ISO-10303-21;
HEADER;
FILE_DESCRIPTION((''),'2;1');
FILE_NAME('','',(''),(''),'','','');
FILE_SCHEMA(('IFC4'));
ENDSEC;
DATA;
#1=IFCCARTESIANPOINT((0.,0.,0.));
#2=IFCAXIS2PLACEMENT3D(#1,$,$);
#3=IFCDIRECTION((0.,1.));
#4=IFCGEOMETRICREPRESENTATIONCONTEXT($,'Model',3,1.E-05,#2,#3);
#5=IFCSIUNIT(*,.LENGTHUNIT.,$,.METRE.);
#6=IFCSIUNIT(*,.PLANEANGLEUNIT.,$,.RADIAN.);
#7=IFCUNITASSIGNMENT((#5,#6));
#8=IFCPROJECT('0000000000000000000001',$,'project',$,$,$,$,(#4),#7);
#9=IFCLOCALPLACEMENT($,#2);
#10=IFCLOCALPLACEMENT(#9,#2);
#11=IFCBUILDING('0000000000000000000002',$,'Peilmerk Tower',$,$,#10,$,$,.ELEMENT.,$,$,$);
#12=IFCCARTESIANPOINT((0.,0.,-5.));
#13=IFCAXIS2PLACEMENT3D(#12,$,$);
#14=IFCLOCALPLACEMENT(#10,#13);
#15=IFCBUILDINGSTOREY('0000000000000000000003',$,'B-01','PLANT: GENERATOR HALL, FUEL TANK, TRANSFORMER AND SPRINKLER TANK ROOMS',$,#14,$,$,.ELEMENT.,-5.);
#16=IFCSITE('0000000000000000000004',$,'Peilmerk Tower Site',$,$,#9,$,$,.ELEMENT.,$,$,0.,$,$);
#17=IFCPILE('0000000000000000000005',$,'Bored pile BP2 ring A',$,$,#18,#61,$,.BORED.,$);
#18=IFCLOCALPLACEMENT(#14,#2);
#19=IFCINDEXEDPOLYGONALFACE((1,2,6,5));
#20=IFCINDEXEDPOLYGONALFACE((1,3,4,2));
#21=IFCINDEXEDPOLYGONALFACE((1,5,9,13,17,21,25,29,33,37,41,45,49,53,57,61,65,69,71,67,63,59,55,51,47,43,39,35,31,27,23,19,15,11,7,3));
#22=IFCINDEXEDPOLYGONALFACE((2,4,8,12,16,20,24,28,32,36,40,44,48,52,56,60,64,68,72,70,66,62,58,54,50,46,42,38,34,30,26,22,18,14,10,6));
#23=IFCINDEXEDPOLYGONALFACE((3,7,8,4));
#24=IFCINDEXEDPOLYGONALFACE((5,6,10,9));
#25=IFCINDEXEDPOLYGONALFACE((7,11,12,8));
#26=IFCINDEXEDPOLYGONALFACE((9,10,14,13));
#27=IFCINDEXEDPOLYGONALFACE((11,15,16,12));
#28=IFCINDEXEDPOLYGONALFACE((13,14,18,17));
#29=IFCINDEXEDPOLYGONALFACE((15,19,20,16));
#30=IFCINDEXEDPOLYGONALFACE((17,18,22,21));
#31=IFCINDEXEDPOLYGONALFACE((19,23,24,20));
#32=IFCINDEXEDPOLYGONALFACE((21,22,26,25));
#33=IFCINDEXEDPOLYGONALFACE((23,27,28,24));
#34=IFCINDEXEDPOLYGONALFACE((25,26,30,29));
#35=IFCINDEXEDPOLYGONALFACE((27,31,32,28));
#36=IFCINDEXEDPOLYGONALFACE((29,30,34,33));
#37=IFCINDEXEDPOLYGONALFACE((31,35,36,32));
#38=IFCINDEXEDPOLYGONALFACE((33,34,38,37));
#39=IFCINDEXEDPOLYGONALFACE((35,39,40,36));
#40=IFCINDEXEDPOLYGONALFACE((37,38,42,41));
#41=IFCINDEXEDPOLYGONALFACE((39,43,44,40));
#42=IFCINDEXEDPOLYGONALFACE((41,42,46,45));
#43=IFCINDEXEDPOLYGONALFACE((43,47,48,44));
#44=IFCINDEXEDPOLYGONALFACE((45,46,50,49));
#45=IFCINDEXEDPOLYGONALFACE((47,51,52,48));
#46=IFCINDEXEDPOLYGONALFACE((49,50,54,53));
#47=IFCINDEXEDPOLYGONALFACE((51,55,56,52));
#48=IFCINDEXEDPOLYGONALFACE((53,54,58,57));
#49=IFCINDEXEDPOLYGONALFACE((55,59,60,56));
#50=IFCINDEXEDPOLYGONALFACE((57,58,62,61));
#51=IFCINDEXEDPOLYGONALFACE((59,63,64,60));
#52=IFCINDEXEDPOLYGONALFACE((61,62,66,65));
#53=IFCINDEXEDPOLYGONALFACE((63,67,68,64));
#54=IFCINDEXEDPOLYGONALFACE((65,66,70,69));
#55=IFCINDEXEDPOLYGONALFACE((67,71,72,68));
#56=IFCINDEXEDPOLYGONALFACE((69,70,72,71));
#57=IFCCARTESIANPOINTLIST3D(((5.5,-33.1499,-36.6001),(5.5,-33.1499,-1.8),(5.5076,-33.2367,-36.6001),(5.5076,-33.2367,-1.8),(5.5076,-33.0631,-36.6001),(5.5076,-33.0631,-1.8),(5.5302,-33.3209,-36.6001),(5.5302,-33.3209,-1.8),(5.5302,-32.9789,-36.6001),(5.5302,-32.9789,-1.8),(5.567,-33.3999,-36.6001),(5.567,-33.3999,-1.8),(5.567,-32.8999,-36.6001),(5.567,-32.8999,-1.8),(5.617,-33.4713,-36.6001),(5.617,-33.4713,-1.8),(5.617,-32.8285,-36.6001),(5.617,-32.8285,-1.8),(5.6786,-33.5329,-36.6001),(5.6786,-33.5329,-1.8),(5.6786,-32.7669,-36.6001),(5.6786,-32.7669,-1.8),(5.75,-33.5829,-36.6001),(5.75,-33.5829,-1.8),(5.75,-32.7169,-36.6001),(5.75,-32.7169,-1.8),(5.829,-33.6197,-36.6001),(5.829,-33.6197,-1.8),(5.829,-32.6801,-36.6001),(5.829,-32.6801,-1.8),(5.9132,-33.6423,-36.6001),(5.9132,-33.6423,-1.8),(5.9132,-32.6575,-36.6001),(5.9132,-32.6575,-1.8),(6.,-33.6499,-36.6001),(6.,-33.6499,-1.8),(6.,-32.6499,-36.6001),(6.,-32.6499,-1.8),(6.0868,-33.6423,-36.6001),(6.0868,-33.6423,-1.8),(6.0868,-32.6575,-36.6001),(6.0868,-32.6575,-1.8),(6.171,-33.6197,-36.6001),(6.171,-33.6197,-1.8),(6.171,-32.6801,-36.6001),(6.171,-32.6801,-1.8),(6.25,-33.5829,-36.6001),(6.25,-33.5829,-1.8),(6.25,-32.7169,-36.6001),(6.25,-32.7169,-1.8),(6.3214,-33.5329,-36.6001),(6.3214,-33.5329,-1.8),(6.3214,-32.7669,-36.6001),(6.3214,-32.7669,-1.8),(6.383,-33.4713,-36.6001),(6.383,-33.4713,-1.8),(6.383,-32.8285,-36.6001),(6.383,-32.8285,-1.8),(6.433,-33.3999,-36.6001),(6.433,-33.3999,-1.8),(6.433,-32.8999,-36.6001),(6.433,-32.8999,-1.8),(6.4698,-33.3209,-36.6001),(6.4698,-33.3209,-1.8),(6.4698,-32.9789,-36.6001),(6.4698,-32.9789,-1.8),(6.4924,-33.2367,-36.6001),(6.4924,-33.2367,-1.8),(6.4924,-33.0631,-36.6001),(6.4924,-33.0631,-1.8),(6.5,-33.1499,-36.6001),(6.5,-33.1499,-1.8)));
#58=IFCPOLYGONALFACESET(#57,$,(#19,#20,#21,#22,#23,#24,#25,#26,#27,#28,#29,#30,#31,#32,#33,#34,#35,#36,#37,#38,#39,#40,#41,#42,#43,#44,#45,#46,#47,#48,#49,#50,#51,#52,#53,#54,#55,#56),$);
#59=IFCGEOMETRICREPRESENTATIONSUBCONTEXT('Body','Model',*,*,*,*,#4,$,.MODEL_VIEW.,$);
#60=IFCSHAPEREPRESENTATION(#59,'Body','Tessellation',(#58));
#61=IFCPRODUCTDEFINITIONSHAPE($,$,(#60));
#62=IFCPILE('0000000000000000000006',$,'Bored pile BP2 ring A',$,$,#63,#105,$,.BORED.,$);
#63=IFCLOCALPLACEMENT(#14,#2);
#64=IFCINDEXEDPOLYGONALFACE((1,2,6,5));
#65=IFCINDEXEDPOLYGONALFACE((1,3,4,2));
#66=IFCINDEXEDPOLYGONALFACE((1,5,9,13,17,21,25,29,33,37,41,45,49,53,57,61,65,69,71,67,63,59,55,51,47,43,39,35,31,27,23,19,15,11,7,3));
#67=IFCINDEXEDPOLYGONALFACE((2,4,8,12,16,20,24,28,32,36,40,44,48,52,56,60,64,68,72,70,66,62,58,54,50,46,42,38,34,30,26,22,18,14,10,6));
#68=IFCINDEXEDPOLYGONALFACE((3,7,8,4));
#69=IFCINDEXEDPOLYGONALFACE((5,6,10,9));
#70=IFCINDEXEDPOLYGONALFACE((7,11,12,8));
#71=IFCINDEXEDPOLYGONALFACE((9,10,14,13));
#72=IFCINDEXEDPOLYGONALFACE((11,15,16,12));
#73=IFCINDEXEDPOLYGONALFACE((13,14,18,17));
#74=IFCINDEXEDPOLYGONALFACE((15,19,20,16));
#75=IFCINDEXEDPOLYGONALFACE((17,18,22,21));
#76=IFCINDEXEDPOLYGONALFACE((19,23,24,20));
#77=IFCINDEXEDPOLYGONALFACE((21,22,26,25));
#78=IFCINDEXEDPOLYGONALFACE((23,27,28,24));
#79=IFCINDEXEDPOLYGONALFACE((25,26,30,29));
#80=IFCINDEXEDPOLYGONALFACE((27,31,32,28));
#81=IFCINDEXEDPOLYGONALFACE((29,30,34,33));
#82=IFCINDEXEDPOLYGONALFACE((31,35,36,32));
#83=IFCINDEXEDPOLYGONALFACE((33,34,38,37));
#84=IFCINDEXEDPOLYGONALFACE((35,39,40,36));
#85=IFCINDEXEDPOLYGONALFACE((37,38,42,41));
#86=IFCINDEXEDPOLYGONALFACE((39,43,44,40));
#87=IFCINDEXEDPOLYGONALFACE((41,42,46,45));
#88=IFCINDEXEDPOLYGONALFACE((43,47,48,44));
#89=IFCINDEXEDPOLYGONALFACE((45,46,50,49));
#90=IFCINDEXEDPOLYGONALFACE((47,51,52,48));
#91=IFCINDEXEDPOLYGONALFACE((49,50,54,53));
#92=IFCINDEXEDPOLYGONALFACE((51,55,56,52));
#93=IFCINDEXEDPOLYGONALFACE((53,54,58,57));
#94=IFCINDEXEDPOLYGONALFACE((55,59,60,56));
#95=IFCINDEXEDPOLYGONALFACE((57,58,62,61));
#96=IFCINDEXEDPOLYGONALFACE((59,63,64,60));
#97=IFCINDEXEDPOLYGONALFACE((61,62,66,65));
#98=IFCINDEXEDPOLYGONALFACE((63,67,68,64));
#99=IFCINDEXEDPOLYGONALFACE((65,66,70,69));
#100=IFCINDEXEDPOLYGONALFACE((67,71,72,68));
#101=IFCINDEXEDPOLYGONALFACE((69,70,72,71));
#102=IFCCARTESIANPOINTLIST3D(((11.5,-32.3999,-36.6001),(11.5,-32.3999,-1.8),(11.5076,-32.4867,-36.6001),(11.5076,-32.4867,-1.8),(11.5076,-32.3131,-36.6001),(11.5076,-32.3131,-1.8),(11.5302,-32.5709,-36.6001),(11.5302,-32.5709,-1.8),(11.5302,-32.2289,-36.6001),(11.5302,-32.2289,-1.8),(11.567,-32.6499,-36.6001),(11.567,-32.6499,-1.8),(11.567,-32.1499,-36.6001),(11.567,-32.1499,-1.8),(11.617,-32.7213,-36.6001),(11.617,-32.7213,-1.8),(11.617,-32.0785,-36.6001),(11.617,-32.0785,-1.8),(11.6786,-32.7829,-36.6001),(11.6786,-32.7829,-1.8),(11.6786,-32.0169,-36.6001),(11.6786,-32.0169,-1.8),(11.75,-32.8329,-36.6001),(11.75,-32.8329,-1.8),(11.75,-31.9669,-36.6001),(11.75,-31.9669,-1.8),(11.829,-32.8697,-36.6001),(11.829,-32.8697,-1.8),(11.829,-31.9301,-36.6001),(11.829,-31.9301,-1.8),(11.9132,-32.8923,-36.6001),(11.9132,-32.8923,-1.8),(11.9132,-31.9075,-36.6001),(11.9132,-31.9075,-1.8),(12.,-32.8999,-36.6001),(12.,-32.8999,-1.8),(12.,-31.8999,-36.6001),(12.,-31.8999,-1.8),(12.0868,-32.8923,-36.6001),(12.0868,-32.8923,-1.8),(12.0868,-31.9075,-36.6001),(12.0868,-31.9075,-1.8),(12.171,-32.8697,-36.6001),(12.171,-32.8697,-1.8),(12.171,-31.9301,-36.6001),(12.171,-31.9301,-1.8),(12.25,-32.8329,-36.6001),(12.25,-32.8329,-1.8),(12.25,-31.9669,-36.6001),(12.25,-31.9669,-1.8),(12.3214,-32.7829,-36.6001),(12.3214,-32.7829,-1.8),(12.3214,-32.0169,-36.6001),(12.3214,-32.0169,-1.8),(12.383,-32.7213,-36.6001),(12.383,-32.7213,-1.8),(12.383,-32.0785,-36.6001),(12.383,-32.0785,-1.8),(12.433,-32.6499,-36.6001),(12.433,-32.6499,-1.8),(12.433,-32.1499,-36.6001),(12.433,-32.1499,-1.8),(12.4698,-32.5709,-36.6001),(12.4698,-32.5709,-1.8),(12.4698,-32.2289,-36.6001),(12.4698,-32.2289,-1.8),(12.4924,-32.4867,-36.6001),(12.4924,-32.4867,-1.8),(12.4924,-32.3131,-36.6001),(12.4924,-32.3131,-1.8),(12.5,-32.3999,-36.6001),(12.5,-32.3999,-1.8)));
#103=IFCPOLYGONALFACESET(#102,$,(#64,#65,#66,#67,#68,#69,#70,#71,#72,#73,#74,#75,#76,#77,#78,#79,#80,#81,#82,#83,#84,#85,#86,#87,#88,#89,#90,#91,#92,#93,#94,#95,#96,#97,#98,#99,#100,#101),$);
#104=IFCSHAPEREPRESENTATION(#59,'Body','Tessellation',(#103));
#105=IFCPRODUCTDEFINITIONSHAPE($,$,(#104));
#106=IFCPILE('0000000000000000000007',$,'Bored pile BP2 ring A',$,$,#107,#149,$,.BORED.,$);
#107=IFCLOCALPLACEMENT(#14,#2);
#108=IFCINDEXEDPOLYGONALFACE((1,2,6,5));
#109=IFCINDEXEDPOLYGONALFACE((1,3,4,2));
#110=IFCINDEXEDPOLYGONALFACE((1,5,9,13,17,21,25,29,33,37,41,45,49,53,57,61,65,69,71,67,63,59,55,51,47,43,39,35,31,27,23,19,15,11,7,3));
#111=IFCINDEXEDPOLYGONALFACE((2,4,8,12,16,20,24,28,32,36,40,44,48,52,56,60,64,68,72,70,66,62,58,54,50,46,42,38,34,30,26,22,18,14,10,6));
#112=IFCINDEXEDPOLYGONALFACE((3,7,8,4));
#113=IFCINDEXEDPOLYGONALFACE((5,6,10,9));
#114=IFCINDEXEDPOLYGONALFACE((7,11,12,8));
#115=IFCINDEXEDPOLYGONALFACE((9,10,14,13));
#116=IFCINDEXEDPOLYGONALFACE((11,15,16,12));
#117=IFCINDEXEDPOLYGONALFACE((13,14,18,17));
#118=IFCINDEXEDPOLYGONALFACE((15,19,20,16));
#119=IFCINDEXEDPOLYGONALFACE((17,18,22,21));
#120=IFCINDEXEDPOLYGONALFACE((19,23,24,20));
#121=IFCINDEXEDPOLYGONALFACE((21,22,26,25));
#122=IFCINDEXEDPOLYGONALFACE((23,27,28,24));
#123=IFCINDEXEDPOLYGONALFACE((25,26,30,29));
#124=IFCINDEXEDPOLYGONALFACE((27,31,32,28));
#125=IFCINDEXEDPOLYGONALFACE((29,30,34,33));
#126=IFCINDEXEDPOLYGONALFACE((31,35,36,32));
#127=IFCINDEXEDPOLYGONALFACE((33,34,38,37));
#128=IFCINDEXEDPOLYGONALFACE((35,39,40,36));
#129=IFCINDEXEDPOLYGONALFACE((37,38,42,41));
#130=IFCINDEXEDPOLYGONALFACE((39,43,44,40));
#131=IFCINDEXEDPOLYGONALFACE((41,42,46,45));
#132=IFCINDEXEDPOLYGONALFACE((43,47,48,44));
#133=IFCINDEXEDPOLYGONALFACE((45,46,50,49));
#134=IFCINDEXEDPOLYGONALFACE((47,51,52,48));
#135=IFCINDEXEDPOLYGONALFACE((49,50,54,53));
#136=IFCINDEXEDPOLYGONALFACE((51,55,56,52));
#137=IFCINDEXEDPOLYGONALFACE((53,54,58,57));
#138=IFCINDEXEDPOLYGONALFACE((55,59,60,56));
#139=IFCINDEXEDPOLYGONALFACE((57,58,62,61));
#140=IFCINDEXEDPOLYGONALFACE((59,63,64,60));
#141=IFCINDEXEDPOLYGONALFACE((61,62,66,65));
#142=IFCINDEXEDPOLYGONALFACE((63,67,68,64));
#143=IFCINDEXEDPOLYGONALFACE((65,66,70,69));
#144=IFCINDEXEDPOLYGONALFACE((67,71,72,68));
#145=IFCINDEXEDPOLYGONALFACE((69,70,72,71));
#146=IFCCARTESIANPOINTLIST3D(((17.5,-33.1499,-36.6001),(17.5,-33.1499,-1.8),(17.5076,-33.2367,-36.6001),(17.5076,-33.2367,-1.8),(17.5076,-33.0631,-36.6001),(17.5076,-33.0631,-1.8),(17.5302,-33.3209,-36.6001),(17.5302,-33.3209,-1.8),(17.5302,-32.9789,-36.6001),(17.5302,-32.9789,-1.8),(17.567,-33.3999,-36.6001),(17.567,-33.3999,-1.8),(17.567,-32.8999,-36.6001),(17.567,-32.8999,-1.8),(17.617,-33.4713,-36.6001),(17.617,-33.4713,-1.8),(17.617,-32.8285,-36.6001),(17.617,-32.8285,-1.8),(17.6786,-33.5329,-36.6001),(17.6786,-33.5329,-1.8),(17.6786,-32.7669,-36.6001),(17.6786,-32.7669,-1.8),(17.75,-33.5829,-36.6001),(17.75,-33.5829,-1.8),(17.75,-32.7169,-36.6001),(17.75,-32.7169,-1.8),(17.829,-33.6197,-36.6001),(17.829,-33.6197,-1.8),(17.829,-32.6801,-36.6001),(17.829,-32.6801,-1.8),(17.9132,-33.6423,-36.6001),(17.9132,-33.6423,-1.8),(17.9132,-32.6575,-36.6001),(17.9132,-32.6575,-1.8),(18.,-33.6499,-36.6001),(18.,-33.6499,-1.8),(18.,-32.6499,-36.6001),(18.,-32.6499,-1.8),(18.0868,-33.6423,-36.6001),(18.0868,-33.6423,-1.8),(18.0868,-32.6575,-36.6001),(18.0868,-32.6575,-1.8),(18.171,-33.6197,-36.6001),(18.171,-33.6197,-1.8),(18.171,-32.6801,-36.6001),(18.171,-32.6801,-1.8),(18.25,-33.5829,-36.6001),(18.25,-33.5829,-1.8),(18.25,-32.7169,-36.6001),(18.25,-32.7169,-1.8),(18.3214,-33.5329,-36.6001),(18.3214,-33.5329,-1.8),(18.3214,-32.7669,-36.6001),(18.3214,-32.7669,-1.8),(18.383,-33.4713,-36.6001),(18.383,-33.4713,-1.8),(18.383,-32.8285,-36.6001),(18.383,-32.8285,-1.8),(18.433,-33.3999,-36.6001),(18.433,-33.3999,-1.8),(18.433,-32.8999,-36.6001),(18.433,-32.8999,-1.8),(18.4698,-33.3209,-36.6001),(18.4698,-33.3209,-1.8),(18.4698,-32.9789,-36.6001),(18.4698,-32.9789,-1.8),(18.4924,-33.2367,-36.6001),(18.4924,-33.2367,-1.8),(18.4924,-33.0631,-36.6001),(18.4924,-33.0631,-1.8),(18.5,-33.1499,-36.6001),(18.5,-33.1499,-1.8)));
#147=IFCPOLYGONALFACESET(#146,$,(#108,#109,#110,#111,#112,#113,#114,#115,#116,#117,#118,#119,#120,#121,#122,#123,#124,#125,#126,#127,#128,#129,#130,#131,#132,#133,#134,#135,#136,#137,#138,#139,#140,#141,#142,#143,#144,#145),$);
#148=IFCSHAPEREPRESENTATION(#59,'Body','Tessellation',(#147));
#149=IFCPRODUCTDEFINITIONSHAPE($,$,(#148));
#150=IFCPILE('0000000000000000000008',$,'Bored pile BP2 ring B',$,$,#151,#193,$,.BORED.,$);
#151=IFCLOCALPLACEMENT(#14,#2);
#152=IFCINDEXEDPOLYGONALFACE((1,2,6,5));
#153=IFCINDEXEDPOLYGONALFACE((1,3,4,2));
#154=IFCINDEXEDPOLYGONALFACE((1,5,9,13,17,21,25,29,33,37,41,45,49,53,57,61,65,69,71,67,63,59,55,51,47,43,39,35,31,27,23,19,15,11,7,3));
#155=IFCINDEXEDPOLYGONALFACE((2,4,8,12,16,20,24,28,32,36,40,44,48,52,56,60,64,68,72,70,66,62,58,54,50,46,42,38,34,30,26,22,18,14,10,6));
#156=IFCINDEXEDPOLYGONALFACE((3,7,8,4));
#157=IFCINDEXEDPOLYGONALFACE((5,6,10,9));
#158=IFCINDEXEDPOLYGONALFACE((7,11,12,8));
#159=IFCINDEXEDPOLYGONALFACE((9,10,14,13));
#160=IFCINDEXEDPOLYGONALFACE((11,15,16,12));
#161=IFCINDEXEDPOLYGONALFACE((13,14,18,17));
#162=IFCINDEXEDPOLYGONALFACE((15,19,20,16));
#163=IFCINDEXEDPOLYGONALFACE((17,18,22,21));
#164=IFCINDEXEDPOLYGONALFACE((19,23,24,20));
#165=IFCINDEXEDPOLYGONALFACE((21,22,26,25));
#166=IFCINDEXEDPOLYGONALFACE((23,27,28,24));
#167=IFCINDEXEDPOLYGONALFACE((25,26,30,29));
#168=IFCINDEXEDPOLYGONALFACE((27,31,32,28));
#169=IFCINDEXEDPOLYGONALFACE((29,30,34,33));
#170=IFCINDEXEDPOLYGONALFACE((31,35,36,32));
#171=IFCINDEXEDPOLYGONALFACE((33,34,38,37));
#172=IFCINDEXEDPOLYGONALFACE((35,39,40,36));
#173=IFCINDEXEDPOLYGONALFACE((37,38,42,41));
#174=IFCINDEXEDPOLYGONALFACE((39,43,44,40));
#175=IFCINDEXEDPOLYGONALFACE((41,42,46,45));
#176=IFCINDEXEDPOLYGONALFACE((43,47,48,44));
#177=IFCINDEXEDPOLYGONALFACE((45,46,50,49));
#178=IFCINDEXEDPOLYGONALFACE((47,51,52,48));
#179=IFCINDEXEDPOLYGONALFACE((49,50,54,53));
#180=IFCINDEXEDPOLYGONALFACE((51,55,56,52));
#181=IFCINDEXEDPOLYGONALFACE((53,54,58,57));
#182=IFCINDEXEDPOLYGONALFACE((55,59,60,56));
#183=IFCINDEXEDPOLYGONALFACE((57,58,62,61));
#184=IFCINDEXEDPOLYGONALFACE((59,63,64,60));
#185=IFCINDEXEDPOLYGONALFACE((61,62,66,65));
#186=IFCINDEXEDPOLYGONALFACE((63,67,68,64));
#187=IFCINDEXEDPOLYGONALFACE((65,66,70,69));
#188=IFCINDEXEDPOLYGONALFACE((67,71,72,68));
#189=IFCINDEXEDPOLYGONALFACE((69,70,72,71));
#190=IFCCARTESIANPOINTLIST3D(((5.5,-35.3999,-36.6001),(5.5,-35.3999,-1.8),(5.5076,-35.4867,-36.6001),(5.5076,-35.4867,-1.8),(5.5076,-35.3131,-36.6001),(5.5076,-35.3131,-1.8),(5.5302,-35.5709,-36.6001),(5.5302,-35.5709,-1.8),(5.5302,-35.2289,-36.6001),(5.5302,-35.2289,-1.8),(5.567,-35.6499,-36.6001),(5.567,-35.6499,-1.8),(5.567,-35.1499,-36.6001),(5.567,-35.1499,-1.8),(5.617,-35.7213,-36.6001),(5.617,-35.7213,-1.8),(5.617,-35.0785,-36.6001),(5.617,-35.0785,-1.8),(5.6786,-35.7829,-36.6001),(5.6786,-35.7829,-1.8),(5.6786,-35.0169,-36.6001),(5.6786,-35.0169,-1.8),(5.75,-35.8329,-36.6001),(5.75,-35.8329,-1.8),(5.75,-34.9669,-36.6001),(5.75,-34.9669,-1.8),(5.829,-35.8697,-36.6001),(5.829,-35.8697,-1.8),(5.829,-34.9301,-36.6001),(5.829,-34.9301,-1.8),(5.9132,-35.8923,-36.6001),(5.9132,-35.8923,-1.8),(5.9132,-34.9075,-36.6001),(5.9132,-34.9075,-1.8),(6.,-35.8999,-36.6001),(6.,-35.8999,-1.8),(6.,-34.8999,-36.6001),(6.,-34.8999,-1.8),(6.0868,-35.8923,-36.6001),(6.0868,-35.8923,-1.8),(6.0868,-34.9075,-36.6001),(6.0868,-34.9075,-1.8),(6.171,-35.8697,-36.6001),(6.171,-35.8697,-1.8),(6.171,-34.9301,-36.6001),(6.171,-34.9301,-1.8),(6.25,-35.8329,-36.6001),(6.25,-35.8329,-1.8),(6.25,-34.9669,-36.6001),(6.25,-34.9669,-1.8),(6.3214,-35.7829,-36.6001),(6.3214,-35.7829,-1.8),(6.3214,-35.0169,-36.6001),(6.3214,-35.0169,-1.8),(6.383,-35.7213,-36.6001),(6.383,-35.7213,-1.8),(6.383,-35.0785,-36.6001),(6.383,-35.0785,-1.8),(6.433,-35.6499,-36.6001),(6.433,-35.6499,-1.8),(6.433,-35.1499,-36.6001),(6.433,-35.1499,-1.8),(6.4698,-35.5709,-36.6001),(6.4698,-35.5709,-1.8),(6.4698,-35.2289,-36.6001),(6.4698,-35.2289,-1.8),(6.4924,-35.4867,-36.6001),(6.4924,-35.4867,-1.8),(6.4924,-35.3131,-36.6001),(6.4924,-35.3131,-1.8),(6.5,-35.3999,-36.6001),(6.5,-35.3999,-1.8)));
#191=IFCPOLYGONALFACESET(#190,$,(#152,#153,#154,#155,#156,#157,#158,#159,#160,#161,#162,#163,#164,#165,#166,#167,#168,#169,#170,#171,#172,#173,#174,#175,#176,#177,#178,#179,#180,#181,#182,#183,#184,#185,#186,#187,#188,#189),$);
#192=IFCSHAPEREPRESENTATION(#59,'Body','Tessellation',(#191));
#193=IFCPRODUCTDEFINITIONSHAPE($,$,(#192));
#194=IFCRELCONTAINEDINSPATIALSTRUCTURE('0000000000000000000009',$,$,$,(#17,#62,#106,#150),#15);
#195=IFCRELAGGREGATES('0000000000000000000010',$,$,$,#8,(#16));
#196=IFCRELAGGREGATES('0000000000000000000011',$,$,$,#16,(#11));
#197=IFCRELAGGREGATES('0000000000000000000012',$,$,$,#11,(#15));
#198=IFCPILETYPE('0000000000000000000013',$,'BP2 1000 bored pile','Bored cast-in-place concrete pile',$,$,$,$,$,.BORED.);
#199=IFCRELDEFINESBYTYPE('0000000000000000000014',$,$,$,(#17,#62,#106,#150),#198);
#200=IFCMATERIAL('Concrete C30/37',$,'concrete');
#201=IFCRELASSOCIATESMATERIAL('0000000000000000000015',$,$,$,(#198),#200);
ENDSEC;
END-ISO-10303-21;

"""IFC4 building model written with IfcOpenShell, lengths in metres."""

from ifc_helpers import new_model, si_unit, direction, frame, origin, origin_2d, place, context, subcontext, project, spatial, circle, extrude, material, material_profile, profile_set, type_object, element, save


model = new_model("IFC4")

# Units and contexts
model_context = context("Model", 3, precision=1e-05, world=origin(), true_north=direction((0.0, 1.0)))
body_context = subcontext(model_context, "Body", "Model", "MODEL_VIEW")
ifc_project = project(units=[si_unit("LENGTHUNIT", "METRE"), si_unit("PLANEANGLEUNIT", "RADIAN")], contexts=[model_context])

# Site, building, storey
site_placement = place(None, origin())
site = spatial("IfcSite", under=ifc_project, at=site_placement, Name="Peilmerk Tower Site", CompositionType="ELEMENT", RefElevation=0.0)
building_placement = place(site_placement, origin())
building = spatial("IfcBuilding", under=site, at=building_placement, Name="Peilmerk Tower", CompositionType="ELEMENT")
storey_placement = place(building_placement, frame((0.0, 0.0, -5.0)))
storey = spatial("IfcBuildingStorey", under=building, at=storey_placement, Name="B-01", Description="PLANT: GENERATOR HALL, FUEL TANK, TRANSFORMER AND SPRINKLER TANK ROOMS", CompositionType="ELEMENT", Elevation=-5.0)

# Piles
ifc_material_1 = material(Name="Concrete C30/37", Category="concrete")
ifc_material_profile_1 = material_profile(ifc_material_1, circle(Radius=0.5, at=origin_2d()), Name="BP 1000")
ifc_profile_set_1 = profile_set([ifc_material_profile_1], Name="Concrete C30/37")
pile_type = type_object("IfcPileType", Name="BP2 1000 bored pile", Description="Bored cast-in-place concrete pile", PredefinedType="BORED", material=ifc_profile_set_1)
for number, where, z_axis, x_axis, name in (
    (1, (6.0, -33.1499, -1.8), (0.0, 0.0, -1.0), (1.0, 0.0, 0.0), "Bored pile BP2 ring A"),
    (2, (12.0, -32.3999, -1.8), (0.0, 0.0, -1.0), (1.0, 0.0, 0.0), "Bored pile BP2 ring A"),
    (3, (18.0, -33.1499, -1.8), (0.0, 0.0, -1.0), (1.0, 0.0, 0.0), "Bored pile BP2 ring A"),
    (4, (6.0, -35.3999, -1.8), (0.0, 0.0, -1.0), (1.0, 0.0, 0.0), "Bored pile BP2 ring B"),
):
    element("IfcPile", number, at=place(storey_placement, frame(where, z_axis=z_axis, x_axis=x_axis)), inside=storey, type_object=pile_type, Name=name, PredefinedType="BORED", context=body_context, shape_type="SweptSolid", body=[
        extrude(circle(Radius=0.5, at=origin_2d()), origin(), (0.0, 0.0, 1.0), 34.8),
    ])

save(model, "model.ifc")
